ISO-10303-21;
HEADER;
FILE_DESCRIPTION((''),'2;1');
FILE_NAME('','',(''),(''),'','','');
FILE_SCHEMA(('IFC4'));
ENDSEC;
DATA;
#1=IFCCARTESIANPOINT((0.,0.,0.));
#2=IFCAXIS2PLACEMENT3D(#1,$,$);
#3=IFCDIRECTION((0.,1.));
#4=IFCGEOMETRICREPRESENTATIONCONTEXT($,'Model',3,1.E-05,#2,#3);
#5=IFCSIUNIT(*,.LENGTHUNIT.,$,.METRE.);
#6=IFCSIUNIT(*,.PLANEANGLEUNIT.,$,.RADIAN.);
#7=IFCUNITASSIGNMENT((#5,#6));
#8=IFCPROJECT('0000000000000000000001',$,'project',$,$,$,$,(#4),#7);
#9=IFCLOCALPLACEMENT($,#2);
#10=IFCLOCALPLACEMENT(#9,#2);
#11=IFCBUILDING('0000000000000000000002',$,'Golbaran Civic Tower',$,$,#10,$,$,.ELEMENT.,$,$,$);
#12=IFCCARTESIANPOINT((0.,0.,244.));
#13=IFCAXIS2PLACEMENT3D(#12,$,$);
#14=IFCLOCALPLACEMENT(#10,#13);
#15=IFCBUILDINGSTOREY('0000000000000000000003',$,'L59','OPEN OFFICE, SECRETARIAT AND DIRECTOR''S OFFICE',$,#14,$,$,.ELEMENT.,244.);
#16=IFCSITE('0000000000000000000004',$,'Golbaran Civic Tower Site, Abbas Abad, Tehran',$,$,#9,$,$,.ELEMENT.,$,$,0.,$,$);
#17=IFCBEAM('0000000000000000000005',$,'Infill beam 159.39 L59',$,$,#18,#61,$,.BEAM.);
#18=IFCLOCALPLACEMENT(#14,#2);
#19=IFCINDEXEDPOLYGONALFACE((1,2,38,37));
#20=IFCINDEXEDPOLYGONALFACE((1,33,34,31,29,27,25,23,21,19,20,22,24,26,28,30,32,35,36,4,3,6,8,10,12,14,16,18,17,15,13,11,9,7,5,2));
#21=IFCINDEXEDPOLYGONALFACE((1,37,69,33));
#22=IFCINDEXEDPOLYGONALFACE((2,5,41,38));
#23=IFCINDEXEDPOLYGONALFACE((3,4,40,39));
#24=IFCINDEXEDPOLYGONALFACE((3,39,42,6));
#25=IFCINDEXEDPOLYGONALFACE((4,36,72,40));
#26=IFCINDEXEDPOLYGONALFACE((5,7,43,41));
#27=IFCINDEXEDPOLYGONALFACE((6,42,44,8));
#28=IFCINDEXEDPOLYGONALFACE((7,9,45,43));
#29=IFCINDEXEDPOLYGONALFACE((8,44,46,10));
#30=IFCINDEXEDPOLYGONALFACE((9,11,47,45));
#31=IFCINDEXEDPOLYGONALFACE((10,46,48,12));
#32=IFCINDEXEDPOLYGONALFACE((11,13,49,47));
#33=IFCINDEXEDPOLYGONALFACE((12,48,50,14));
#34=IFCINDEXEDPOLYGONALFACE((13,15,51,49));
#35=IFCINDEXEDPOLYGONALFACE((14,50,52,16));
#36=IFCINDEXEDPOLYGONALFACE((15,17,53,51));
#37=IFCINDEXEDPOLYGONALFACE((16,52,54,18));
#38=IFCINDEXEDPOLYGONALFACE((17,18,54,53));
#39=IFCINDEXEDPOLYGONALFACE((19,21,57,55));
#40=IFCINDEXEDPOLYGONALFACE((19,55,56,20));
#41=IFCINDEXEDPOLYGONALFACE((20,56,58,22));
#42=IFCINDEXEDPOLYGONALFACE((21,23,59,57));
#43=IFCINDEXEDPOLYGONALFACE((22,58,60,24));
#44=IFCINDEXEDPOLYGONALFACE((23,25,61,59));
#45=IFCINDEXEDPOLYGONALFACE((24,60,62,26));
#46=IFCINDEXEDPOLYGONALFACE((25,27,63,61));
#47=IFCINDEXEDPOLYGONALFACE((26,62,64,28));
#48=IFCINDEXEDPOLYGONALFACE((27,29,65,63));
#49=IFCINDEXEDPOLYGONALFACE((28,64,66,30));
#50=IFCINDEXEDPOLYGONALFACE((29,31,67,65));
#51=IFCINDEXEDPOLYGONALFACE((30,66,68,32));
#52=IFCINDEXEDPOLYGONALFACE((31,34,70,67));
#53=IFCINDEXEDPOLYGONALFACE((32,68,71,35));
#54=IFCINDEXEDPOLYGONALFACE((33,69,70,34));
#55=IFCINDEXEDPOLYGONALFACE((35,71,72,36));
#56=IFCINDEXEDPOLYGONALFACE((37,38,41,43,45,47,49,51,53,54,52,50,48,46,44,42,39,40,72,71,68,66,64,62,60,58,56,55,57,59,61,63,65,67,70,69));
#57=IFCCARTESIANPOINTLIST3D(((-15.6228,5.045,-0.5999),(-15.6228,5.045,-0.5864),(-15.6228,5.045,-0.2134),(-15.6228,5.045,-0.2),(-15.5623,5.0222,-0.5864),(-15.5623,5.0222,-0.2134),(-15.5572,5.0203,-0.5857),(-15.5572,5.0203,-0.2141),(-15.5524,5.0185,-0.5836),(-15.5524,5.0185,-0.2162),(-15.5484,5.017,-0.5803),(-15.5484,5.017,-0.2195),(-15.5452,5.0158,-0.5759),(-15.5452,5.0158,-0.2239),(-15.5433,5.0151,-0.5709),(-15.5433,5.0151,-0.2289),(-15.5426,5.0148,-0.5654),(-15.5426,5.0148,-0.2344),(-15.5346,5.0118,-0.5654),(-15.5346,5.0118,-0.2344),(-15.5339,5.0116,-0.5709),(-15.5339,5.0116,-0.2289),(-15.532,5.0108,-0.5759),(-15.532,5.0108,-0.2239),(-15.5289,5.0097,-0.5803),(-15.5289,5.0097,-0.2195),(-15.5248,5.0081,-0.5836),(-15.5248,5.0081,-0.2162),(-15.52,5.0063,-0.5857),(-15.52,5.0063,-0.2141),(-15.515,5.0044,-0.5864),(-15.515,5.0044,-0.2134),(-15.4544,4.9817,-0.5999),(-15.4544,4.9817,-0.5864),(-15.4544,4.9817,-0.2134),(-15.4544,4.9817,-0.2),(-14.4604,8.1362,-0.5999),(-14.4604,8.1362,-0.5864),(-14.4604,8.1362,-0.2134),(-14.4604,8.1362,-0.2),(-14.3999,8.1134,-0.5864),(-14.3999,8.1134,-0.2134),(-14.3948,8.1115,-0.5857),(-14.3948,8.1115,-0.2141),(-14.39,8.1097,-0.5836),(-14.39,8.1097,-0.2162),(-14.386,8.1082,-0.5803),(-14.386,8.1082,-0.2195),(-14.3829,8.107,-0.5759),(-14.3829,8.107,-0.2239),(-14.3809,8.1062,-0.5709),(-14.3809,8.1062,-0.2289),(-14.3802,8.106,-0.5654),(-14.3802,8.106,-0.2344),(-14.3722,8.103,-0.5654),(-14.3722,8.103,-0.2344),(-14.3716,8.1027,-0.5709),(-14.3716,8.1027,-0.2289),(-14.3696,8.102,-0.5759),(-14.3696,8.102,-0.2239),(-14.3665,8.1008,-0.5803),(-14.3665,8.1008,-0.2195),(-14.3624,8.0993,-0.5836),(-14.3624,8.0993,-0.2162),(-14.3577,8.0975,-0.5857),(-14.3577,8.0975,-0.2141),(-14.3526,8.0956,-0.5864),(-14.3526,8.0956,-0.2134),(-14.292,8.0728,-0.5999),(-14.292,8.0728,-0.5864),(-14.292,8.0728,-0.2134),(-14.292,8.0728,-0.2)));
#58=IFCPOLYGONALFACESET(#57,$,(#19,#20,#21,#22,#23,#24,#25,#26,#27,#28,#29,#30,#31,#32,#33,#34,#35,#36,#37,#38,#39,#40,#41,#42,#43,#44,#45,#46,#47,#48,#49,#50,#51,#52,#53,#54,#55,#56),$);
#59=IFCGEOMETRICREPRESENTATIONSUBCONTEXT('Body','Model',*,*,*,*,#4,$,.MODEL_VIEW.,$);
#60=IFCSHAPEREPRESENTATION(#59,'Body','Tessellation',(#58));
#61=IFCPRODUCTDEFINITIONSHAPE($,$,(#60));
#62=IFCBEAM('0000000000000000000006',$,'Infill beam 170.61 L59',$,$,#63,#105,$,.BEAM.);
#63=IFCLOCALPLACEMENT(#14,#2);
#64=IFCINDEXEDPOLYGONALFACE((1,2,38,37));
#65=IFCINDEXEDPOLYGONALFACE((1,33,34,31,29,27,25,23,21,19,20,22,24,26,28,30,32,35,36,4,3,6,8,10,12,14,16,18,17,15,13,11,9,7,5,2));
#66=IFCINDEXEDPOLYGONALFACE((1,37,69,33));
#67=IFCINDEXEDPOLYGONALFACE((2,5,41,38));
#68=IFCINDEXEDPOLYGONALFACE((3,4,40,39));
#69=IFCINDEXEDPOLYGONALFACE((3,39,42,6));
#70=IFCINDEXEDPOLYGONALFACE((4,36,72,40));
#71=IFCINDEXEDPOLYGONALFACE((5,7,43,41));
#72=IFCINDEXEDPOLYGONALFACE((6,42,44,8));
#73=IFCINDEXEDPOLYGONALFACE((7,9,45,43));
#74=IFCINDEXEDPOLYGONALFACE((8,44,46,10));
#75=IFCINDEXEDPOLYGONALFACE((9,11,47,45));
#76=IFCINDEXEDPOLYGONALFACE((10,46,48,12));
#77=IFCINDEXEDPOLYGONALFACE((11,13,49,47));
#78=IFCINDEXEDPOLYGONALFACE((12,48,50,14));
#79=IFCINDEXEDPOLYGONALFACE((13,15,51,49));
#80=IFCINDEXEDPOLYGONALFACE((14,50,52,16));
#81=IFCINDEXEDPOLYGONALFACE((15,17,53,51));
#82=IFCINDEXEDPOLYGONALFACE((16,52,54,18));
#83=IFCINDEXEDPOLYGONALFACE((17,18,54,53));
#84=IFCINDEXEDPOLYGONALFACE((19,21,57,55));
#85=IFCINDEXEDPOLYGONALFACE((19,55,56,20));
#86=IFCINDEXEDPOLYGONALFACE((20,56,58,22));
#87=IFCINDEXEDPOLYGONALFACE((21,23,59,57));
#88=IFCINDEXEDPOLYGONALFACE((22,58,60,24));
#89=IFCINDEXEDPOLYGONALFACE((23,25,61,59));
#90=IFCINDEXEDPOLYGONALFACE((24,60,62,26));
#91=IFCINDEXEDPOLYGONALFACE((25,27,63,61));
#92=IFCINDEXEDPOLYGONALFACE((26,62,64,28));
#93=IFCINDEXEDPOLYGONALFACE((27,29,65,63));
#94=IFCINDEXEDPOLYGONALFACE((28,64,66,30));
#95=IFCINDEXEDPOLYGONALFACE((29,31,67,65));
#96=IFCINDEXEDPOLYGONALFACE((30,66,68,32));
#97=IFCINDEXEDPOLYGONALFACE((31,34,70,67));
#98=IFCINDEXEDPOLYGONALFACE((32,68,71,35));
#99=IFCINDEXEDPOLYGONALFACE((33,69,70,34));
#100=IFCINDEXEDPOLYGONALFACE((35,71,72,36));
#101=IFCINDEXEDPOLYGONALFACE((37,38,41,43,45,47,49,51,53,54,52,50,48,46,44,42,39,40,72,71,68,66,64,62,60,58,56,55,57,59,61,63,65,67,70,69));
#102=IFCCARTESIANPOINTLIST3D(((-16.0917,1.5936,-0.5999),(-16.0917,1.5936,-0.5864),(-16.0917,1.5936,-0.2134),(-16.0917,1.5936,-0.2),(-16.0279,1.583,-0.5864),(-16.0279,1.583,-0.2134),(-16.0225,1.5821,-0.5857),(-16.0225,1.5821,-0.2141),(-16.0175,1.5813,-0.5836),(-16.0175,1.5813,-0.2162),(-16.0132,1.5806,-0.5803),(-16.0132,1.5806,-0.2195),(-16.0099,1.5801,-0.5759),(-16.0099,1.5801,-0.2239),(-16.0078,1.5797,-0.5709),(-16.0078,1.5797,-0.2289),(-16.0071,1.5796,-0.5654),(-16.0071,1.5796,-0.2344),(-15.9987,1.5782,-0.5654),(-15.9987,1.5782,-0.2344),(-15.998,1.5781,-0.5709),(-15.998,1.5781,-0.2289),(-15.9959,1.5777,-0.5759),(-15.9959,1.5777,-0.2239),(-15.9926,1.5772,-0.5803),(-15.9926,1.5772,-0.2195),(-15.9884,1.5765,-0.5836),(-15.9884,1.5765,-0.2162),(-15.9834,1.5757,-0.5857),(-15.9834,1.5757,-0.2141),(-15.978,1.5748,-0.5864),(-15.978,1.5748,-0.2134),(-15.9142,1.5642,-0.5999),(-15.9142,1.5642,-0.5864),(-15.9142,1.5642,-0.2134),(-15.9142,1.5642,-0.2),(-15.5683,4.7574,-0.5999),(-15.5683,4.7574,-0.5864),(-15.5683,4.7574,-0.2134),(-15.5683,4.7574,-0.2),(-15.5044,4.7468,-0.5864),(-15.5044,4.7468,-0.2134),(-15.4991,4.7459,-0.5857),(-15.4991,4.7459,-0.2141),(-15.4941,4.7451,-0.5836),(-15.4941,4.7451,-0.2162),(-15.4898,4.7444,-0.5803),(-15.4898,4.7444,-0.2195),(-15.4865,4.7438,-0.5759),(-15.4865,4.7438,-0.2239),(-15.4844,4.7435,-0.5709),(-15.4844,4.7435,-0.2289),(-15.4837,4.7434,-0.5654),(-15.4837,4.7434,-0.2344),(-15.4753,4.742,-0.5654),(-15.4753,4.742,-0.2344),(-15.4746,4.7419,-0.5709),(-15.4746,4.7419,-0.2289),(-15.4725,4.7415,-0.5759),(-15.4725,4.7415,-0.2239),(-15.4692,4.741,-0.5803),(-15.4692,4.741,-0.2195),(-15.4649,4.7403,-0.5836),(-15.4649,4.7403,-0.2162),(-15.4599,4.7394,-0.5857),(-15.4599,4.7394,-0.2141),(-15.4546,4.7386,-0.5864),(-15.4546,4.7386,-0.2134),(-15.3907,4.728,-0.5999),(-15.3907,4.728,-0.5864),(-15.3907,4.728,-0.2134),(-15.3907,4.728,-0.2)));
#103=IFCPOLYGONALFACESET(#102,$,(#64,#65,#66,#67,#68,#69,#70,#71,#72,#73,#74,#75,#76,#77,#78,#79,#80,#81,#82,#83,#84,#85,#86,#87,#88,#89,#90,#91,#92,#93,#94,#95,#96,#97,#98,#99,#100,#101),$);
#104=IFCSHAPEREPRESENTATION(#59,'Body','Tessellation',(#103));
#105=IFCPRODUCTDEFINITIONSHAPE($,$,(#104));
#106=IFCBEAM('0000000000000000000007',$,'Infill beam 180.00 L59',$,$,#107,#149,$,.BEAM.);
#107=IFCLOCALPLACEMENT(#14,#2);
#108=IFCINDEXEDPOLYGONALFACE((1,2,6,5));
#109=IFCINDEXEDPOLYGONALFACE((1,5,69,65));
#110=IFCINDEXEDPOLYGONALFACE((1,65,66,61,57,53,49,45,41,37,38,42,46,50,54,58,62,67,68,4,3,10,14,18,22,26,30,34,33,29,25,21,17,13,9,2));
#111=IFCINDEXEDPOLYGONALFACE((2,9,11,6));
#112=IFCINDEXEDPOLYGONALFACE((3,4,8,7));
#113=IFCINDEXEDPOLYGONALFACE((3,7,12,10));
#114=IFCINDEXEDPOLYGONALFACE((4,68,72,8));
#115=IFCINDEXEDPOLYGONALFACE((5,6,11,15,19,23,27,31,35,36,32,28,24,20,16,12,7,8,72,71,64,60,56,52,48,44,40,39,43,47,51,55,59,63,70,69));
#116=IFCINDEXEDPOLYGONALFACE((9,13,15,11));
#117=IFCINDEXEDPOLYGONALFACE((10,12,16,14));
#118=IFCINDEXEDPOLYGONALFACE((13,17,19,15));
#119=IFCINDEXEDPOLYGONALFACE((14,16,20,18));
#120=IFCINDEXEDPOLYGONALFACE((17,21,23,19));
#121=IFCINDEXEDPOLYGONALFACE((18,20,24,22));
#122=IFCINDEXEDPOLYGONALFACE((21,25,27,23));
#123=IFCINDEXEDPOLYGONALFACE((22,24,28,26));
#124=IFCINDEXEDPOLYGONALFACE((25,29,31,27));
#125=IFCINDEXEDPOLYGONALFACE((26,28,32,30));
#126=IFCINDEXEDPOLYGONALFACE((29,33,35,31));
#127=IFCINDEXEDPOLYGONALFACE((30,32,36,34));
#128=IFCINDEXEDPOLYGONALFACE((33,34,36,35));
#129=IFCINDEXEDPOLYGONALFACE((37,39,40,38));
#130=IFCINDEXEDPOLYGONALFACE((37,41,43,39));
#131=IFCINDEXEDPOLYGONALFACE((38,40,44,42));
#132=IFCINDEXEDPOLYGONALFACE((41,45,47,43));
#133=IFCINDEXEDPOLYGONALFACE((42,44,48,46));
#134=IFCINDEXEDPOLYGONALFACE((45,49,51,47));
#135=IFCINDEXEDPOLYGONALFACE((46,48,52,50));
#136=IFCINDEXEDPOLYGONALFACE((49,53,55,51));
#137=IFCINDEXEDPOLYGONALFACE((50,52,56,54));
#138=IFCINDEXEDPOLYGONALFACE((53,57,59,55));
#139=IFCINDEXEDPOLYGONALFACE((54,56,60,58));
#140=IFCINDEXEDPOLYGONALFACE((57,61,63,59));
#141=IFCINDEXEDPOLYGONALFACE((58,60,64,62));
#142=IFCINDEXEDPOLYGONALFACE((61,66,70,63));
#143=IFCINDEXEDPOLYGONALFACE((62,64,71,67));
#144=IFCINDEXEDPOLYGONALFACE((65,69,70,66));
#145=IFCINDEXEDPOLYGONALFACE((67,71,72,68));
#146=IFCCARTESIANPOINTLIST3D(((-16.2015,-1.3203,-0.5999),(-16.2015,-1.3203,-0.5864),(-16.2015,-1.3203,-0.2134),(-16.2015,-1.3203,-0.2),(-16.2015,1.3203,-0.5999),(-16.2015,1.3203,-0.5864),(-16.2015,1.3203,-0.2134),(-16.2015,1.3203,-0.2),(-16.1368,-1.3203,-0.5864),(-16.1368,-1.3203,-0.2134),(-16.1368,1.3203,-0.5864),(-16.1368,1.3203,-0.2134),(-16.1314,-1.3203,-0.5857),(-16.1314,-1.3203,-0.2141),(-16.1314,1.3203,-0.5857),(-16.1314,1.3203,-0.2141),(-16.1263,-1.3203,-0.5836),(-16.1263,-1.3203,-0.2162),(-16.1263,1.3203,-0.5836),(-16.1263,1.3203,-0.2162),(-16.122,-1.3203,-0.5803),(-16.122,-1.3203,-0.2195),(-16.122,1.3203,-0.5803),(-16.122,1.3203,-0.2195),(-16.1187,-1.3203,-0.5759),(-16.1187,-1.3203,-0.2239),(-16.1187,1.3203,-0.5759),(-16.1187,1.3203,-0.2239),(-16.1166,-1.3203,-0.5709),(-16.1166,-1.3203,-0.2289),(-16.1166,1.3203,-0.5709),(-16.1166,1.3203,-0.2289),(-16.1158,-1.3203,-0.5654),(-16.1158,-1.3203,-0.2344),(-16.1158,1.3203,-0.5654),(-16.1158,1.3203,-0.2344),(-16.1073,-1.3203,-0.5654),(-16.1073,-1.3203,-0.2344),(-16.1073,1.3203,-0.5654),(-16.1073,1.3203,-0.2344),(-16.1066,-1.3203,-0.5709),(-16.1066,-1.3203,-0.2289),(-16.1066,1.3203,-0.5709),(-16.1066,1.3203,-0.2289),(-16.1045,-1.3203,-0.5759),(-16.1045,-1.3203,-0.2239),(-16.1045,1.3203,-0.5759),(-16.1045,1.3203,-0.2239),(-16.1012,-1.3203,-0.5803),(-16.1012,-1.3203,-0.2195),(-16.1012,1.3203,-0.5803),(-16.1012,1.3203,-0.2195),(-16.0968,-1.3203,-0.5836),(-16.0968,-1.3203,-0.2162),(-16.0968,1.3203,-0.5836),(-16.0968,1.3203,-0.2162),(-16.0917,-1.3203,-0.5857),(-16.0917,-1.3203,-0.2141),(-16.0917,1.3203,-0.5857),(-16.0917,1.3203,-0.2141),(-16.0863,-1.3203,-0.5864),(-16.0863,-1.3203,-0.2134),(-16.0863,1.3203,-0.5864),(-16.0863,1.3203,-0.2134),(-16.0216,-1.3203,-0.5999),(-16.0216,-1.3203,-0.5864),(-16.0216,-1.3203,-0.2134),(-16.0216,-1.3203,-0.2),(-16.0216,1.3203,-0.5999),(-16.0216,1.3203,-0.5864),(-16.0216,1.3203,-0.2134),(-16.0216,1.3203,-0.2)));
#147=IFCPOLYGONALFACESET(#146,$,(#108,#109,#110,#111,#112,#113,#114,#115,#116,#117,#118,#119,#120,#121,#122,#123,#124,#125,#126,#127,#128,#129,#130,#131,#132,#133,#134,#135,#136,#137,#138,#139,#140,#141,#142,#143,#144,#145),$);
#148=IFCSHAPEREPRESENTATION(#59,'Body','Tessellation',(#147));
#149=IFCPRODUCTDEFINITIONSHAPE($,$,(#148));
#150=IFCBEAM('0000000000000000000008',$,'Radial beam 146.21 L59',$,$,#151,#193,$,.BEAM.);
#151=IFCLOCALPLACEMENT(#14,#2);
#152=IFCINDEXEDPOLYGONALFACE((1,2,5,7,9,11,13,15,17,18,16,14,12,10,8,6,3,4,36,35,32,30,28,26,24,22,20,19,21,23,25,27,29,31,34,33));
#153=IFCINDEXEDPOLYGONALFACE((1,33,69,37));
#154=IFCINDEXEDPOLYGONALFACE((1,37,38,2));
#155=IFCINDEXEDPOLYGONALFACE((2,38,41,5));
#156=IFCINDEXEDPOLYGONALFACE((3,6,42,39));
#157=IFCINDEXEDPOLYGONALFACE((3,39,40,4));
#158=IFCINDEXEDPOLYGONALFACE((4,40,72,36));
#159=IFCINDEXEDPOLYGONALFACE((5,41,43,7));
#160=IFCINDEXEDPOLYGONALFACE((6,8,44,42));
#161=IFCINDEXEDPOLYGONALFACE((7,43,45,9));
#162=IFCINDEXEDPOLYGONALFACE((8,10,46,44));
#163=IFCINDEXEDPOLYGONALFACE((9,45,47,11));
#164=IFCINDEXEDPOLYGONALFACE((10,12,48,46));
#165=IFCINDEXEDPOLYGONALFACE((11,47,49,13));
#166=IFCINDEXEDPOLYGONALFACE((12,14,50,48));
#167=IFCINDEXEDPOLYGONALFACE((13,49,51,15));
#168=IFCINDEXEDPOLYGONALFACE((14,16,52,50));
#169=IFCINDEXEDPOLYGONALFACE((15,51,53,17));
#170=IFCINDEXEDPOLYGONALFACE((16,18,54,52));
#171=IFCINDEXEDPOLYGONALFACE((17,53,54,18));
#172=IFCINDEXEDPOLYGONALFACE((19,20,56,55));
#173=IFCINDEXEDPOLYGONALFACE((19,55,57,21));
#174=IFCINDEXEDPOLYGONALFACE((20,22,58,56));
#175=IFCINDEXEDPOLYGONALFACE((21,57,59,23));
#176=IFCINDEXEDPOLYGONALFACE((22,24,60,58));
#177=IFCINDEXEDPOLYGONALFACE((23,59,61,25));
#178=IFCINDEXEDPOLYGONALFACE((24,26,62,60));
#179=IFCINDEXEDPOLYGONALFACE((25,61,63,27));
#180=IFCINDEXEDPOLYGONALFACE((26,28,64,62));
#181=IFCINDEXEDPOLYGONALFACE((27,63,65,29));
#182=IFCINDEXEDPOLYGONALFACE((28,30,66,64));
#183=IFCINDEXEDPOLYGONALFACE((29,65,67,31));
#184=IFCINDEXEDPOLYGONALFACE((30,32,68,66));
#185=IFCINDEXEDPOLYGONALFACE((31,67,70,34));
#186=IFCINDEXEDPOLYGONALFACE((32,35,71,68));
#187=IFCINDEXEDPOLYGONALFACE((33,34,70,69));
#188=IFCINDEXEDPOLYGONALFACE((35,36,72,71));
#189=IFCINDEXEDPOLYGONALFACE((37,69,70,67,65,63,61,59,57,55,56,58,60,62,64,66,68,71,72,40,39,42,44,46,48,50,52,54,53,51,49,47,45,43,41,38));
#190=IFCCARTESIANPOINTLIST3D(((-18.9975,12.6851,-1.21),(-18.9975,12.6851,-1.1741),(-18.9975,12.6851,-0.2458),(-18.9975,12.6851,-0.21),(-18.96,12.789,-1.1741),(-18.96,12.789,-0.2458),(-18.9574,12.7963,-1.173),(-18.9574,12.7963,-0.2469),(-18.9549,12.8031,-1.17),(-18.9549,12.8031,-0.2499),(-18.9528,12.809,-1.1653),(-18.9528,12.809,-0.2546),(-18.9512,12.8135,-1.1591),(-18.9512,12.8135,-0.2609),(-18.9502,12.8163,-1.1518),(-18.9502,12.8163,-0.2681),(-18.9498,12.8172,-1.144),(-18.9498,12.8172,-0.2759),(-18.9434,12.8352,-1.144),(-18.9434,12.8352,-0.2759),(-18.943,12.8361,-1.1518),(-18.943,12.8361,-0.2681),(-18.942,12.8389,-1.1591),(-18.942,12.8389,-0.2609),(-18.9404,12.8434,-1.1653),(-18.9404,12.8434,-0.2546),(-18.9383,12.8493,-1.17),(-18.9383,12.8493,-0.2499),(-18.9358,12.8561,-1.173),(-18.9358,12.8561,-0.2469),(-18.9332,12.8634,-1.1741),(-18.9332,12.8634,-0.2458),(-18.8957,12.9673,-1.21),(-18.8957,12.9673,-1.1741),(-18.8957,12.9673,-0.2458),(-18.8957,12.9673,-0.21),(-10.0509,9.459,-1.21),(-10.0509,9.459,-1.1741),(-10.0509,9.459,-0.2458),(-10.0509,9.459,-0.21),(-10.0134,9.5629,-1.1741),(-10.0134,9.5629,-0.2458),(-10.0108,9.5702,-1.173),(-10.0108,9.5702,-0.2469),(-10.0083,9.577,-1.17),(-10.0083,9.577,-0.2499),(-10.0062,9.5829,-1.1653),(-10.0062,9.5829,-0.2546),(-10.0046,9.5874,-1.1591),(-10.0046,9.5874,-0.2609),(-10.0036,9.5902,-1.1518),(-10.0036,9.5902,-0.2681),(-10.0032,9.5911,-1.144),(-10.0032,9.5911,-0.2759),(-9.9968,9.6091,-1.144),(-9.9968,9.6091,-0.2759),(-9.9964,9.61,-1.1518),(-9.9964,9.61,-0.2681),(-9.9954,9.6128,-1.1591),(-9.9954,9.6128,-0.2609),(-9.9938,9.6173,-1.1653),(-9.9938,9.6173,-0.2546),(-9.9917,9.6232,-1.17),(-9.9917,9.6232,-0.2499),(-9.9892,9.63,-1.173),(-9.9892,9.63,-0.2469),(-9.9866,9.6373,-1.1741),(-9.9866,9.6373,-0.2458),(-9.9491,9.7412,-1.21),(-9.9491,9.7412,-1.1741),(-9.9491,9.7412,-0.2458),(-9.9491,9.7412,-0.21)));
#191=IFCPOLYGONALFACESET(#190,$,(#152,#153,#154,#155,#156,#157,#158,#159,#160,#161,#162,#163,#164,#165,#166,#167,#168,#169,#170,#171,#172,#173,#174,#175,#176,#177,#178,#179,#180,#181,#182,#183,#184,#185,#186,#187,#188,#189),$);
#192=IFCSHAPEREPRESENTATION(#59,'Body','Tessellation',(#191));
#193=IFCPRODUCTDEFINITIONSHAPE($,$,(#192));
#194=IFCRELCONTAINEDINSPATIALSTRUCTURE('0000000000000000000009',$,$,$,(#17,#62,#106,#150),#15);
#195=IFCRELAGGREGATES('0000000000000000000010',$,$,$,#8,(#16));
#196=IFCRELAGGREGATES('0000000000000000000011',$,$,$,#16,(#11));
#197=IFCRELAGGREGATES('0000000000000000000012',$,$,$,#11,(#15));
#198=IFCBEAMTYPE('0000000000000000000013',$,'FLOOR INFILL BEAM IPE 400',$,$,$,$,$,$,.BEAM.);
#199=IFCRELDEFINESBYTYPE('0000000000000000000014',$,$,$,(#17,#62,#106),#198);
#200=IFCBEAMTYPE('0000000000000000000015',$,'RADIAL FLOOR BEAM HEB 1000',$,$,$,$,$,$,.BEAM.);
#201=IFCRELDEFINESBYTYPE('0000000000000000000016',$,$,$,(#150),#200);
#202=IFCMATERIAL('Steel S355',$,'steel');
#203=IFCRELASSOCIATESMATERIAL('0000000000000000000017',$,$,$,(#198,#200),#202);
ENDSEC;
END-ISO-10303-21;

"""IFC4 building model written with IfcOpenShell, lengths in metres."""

from ifc_helpers import new_model, si_unit, direction, frame, origin, origin_2d, place, context, subcontext, project, spatial, i_section, extrude, material, material_profile, profile_set, type_object, element, save


model = new_model("IFC4")

# Units and contexts
model_context = context("Model", 3, precision=1e-05, world=origin(), true_north=direction((0.0, 1.0)))
body_context = subcontext(model_context, "Body", "Model", "MODEL_VIEW")
ifc_project = project(units=[si_unit("LENGTHUNIT", "METRE"), si_unit("PLANEANGLEUNIT", "RADIAN")], contexts=[model_context])

# Site, building, storey
site_placement = place(None, origin())
site = spatial("IfcSite", under=ifc_project, at=site_placement, Name="Golbaran Civic Tower Site, Abbas Abad, Tehran", CompositionType="ELEMENT", RefElevation=0.0)
building_placement = place(site_placement, origin())
building = spatial("IfcBuilding", under=site, at=building_placement, Name="Golbaran Civic Tower", CompositionType="ELEMENT")
storey_placement = place(building_placement, frame((0.0, 0.0, 244.0)))
storey = spatial("IfcBuildingStorey", under=building, at=storey_placement, Name="L59", Description="OPEN OFFICE, SECRETARIAT AND DIRECTOR'S OFFICE", CompositionType="ELEMENT", Elevation=244.0)

# Beams
ifc_material_1 = material(Name="Steel S355", Category="steel")
ifc_material_profile_1 = material_profile(ifc_material_1, i_section(OverallWidth=0.1799, OverallDepth=0.3999, WebThickness=0.0085, FlangeThickness=0.0134, FilletRadius=0.021, at=origin_2d()), Name="IPE 400")
ifc_profile_set_1 = profile_set([ifc_material_profile_1], Name="Steel S355")
beam_type_1 = type_object("IfcBeamType", Name="FLOOR INFILL BEAM IPE 400", PredefinedType="BEAM", material=ifc_profile_set_1)
beam_1_placement = place(storey_placement, frame((-14.3762, 8.1045, -0.3999), z_axis=(-0.351974, -0.93601, 0.0), x_axis=(0.93601, -0.351974, 0.0)))
element("IfcBeam", 1, at=beam_1_placement, inside=storey, type_object=beam_type_1, Name="Infill beam 159.39 L59", PredefinedType="BEAM", context=body_context, shape_type="SweptSolid", body=[
    extrude(i_section(OverallWidth=0.1799, OverallDepth=0.3999, WebThickness=0.0085, FlangeThickness=0.0134, FilletRadius=0.021, at=origin_2d()), origin(), (0.0, 0.0, 1.0), 3.3025),
])
beam_2_placement = place(storey_placement, frame((-15.4795, 4.7427, -0.3999), z_axis=(-0.163226, -0.986589, 0.0), x_axis=(0.986589, -0.163226, 0.0)))
element("IfcBeam", 2, at=beam_2_placement, inside=storey, type_object=beam_type_1, Name="Infill beam 170.61 L59", PredefinedType="BEAM", context=body_context, shape_type="SweptSolid", body=[
    extrude(i_section(OverallWidth=0.1799, OverallDepth=0.3999, WebThickness=0.0085, FlangeThickness=0.0134, FilletRadius=0.021, at=origin_2d()), origin(), (0.0, 0.0, 1.0), 3.2068),
])
beam_3_placement = place(storey_placement, frame((-16.1116, 1.3203, -0.3999), z_axis=(0.0, -1.0, 0.0), x_axis=(1.0, 0.0, 0.0)))
element("IfcBeam", 3, at=beam_3_placement, inside=storey, type_object=beam_type_1, Name="Infill beam 180.00 L59", PredefinedType="BEAM", context=body_context, shape_type="SweptSolid", body=[
    extrude(i_section(OverallWidth=0.1799, OverallDepth=0.3999, WebThickness=0.0085, FlangeThickness=0.0134, FilletRadius=0.021, at=origin_2d()), origin(), (0.0, 0.0, 1.0), 2.6406),
])
ifc_material_profile_2 = material_profile(ifc_material_1, i_section(OverallWidth=0.3, OverallDepth=1.0, WebThickness=0.019, FlangeThickness=0.0359, FilletRadius=0.03, at=origin_2d()), Name="HEB 1000")
ifc_profile_set_2 = profile_set([ifc_material_profile_2], Name="Steel S355")
beam_type_2 = type_object("IfcBeamType", Name="RADIAL FLOOR BEAM HEB 1000", PredefinedType="BEAM", material=ifc_profile_set_2)
beam_4_placement = place(storey_placement, frame((-10.0, 9.6001, -0.71), z_axis=(-0.940709, 0.339215, 0.0), x_axis=(-0.339215, -0.940709, 0.0)))
element("IfcBeam", 4, at=beam_4_placement, inside=storey, type_object=beam_type_2, Name="Radial beam 146.21 L59", PredefinedType="BEAM", context=body_context, shape_type="SweptSolid", body=[
    extrude(i_section(OverallWidth=0.3, OverallDepth=1.0, WebThickness=0.019, FlangeThickness=0.0359, FilletRadius=0.03, at=origin_2d()), origin(), (0.0, 0.0, 1.0), 9.5105),
])

save(model, "model.ifc")
